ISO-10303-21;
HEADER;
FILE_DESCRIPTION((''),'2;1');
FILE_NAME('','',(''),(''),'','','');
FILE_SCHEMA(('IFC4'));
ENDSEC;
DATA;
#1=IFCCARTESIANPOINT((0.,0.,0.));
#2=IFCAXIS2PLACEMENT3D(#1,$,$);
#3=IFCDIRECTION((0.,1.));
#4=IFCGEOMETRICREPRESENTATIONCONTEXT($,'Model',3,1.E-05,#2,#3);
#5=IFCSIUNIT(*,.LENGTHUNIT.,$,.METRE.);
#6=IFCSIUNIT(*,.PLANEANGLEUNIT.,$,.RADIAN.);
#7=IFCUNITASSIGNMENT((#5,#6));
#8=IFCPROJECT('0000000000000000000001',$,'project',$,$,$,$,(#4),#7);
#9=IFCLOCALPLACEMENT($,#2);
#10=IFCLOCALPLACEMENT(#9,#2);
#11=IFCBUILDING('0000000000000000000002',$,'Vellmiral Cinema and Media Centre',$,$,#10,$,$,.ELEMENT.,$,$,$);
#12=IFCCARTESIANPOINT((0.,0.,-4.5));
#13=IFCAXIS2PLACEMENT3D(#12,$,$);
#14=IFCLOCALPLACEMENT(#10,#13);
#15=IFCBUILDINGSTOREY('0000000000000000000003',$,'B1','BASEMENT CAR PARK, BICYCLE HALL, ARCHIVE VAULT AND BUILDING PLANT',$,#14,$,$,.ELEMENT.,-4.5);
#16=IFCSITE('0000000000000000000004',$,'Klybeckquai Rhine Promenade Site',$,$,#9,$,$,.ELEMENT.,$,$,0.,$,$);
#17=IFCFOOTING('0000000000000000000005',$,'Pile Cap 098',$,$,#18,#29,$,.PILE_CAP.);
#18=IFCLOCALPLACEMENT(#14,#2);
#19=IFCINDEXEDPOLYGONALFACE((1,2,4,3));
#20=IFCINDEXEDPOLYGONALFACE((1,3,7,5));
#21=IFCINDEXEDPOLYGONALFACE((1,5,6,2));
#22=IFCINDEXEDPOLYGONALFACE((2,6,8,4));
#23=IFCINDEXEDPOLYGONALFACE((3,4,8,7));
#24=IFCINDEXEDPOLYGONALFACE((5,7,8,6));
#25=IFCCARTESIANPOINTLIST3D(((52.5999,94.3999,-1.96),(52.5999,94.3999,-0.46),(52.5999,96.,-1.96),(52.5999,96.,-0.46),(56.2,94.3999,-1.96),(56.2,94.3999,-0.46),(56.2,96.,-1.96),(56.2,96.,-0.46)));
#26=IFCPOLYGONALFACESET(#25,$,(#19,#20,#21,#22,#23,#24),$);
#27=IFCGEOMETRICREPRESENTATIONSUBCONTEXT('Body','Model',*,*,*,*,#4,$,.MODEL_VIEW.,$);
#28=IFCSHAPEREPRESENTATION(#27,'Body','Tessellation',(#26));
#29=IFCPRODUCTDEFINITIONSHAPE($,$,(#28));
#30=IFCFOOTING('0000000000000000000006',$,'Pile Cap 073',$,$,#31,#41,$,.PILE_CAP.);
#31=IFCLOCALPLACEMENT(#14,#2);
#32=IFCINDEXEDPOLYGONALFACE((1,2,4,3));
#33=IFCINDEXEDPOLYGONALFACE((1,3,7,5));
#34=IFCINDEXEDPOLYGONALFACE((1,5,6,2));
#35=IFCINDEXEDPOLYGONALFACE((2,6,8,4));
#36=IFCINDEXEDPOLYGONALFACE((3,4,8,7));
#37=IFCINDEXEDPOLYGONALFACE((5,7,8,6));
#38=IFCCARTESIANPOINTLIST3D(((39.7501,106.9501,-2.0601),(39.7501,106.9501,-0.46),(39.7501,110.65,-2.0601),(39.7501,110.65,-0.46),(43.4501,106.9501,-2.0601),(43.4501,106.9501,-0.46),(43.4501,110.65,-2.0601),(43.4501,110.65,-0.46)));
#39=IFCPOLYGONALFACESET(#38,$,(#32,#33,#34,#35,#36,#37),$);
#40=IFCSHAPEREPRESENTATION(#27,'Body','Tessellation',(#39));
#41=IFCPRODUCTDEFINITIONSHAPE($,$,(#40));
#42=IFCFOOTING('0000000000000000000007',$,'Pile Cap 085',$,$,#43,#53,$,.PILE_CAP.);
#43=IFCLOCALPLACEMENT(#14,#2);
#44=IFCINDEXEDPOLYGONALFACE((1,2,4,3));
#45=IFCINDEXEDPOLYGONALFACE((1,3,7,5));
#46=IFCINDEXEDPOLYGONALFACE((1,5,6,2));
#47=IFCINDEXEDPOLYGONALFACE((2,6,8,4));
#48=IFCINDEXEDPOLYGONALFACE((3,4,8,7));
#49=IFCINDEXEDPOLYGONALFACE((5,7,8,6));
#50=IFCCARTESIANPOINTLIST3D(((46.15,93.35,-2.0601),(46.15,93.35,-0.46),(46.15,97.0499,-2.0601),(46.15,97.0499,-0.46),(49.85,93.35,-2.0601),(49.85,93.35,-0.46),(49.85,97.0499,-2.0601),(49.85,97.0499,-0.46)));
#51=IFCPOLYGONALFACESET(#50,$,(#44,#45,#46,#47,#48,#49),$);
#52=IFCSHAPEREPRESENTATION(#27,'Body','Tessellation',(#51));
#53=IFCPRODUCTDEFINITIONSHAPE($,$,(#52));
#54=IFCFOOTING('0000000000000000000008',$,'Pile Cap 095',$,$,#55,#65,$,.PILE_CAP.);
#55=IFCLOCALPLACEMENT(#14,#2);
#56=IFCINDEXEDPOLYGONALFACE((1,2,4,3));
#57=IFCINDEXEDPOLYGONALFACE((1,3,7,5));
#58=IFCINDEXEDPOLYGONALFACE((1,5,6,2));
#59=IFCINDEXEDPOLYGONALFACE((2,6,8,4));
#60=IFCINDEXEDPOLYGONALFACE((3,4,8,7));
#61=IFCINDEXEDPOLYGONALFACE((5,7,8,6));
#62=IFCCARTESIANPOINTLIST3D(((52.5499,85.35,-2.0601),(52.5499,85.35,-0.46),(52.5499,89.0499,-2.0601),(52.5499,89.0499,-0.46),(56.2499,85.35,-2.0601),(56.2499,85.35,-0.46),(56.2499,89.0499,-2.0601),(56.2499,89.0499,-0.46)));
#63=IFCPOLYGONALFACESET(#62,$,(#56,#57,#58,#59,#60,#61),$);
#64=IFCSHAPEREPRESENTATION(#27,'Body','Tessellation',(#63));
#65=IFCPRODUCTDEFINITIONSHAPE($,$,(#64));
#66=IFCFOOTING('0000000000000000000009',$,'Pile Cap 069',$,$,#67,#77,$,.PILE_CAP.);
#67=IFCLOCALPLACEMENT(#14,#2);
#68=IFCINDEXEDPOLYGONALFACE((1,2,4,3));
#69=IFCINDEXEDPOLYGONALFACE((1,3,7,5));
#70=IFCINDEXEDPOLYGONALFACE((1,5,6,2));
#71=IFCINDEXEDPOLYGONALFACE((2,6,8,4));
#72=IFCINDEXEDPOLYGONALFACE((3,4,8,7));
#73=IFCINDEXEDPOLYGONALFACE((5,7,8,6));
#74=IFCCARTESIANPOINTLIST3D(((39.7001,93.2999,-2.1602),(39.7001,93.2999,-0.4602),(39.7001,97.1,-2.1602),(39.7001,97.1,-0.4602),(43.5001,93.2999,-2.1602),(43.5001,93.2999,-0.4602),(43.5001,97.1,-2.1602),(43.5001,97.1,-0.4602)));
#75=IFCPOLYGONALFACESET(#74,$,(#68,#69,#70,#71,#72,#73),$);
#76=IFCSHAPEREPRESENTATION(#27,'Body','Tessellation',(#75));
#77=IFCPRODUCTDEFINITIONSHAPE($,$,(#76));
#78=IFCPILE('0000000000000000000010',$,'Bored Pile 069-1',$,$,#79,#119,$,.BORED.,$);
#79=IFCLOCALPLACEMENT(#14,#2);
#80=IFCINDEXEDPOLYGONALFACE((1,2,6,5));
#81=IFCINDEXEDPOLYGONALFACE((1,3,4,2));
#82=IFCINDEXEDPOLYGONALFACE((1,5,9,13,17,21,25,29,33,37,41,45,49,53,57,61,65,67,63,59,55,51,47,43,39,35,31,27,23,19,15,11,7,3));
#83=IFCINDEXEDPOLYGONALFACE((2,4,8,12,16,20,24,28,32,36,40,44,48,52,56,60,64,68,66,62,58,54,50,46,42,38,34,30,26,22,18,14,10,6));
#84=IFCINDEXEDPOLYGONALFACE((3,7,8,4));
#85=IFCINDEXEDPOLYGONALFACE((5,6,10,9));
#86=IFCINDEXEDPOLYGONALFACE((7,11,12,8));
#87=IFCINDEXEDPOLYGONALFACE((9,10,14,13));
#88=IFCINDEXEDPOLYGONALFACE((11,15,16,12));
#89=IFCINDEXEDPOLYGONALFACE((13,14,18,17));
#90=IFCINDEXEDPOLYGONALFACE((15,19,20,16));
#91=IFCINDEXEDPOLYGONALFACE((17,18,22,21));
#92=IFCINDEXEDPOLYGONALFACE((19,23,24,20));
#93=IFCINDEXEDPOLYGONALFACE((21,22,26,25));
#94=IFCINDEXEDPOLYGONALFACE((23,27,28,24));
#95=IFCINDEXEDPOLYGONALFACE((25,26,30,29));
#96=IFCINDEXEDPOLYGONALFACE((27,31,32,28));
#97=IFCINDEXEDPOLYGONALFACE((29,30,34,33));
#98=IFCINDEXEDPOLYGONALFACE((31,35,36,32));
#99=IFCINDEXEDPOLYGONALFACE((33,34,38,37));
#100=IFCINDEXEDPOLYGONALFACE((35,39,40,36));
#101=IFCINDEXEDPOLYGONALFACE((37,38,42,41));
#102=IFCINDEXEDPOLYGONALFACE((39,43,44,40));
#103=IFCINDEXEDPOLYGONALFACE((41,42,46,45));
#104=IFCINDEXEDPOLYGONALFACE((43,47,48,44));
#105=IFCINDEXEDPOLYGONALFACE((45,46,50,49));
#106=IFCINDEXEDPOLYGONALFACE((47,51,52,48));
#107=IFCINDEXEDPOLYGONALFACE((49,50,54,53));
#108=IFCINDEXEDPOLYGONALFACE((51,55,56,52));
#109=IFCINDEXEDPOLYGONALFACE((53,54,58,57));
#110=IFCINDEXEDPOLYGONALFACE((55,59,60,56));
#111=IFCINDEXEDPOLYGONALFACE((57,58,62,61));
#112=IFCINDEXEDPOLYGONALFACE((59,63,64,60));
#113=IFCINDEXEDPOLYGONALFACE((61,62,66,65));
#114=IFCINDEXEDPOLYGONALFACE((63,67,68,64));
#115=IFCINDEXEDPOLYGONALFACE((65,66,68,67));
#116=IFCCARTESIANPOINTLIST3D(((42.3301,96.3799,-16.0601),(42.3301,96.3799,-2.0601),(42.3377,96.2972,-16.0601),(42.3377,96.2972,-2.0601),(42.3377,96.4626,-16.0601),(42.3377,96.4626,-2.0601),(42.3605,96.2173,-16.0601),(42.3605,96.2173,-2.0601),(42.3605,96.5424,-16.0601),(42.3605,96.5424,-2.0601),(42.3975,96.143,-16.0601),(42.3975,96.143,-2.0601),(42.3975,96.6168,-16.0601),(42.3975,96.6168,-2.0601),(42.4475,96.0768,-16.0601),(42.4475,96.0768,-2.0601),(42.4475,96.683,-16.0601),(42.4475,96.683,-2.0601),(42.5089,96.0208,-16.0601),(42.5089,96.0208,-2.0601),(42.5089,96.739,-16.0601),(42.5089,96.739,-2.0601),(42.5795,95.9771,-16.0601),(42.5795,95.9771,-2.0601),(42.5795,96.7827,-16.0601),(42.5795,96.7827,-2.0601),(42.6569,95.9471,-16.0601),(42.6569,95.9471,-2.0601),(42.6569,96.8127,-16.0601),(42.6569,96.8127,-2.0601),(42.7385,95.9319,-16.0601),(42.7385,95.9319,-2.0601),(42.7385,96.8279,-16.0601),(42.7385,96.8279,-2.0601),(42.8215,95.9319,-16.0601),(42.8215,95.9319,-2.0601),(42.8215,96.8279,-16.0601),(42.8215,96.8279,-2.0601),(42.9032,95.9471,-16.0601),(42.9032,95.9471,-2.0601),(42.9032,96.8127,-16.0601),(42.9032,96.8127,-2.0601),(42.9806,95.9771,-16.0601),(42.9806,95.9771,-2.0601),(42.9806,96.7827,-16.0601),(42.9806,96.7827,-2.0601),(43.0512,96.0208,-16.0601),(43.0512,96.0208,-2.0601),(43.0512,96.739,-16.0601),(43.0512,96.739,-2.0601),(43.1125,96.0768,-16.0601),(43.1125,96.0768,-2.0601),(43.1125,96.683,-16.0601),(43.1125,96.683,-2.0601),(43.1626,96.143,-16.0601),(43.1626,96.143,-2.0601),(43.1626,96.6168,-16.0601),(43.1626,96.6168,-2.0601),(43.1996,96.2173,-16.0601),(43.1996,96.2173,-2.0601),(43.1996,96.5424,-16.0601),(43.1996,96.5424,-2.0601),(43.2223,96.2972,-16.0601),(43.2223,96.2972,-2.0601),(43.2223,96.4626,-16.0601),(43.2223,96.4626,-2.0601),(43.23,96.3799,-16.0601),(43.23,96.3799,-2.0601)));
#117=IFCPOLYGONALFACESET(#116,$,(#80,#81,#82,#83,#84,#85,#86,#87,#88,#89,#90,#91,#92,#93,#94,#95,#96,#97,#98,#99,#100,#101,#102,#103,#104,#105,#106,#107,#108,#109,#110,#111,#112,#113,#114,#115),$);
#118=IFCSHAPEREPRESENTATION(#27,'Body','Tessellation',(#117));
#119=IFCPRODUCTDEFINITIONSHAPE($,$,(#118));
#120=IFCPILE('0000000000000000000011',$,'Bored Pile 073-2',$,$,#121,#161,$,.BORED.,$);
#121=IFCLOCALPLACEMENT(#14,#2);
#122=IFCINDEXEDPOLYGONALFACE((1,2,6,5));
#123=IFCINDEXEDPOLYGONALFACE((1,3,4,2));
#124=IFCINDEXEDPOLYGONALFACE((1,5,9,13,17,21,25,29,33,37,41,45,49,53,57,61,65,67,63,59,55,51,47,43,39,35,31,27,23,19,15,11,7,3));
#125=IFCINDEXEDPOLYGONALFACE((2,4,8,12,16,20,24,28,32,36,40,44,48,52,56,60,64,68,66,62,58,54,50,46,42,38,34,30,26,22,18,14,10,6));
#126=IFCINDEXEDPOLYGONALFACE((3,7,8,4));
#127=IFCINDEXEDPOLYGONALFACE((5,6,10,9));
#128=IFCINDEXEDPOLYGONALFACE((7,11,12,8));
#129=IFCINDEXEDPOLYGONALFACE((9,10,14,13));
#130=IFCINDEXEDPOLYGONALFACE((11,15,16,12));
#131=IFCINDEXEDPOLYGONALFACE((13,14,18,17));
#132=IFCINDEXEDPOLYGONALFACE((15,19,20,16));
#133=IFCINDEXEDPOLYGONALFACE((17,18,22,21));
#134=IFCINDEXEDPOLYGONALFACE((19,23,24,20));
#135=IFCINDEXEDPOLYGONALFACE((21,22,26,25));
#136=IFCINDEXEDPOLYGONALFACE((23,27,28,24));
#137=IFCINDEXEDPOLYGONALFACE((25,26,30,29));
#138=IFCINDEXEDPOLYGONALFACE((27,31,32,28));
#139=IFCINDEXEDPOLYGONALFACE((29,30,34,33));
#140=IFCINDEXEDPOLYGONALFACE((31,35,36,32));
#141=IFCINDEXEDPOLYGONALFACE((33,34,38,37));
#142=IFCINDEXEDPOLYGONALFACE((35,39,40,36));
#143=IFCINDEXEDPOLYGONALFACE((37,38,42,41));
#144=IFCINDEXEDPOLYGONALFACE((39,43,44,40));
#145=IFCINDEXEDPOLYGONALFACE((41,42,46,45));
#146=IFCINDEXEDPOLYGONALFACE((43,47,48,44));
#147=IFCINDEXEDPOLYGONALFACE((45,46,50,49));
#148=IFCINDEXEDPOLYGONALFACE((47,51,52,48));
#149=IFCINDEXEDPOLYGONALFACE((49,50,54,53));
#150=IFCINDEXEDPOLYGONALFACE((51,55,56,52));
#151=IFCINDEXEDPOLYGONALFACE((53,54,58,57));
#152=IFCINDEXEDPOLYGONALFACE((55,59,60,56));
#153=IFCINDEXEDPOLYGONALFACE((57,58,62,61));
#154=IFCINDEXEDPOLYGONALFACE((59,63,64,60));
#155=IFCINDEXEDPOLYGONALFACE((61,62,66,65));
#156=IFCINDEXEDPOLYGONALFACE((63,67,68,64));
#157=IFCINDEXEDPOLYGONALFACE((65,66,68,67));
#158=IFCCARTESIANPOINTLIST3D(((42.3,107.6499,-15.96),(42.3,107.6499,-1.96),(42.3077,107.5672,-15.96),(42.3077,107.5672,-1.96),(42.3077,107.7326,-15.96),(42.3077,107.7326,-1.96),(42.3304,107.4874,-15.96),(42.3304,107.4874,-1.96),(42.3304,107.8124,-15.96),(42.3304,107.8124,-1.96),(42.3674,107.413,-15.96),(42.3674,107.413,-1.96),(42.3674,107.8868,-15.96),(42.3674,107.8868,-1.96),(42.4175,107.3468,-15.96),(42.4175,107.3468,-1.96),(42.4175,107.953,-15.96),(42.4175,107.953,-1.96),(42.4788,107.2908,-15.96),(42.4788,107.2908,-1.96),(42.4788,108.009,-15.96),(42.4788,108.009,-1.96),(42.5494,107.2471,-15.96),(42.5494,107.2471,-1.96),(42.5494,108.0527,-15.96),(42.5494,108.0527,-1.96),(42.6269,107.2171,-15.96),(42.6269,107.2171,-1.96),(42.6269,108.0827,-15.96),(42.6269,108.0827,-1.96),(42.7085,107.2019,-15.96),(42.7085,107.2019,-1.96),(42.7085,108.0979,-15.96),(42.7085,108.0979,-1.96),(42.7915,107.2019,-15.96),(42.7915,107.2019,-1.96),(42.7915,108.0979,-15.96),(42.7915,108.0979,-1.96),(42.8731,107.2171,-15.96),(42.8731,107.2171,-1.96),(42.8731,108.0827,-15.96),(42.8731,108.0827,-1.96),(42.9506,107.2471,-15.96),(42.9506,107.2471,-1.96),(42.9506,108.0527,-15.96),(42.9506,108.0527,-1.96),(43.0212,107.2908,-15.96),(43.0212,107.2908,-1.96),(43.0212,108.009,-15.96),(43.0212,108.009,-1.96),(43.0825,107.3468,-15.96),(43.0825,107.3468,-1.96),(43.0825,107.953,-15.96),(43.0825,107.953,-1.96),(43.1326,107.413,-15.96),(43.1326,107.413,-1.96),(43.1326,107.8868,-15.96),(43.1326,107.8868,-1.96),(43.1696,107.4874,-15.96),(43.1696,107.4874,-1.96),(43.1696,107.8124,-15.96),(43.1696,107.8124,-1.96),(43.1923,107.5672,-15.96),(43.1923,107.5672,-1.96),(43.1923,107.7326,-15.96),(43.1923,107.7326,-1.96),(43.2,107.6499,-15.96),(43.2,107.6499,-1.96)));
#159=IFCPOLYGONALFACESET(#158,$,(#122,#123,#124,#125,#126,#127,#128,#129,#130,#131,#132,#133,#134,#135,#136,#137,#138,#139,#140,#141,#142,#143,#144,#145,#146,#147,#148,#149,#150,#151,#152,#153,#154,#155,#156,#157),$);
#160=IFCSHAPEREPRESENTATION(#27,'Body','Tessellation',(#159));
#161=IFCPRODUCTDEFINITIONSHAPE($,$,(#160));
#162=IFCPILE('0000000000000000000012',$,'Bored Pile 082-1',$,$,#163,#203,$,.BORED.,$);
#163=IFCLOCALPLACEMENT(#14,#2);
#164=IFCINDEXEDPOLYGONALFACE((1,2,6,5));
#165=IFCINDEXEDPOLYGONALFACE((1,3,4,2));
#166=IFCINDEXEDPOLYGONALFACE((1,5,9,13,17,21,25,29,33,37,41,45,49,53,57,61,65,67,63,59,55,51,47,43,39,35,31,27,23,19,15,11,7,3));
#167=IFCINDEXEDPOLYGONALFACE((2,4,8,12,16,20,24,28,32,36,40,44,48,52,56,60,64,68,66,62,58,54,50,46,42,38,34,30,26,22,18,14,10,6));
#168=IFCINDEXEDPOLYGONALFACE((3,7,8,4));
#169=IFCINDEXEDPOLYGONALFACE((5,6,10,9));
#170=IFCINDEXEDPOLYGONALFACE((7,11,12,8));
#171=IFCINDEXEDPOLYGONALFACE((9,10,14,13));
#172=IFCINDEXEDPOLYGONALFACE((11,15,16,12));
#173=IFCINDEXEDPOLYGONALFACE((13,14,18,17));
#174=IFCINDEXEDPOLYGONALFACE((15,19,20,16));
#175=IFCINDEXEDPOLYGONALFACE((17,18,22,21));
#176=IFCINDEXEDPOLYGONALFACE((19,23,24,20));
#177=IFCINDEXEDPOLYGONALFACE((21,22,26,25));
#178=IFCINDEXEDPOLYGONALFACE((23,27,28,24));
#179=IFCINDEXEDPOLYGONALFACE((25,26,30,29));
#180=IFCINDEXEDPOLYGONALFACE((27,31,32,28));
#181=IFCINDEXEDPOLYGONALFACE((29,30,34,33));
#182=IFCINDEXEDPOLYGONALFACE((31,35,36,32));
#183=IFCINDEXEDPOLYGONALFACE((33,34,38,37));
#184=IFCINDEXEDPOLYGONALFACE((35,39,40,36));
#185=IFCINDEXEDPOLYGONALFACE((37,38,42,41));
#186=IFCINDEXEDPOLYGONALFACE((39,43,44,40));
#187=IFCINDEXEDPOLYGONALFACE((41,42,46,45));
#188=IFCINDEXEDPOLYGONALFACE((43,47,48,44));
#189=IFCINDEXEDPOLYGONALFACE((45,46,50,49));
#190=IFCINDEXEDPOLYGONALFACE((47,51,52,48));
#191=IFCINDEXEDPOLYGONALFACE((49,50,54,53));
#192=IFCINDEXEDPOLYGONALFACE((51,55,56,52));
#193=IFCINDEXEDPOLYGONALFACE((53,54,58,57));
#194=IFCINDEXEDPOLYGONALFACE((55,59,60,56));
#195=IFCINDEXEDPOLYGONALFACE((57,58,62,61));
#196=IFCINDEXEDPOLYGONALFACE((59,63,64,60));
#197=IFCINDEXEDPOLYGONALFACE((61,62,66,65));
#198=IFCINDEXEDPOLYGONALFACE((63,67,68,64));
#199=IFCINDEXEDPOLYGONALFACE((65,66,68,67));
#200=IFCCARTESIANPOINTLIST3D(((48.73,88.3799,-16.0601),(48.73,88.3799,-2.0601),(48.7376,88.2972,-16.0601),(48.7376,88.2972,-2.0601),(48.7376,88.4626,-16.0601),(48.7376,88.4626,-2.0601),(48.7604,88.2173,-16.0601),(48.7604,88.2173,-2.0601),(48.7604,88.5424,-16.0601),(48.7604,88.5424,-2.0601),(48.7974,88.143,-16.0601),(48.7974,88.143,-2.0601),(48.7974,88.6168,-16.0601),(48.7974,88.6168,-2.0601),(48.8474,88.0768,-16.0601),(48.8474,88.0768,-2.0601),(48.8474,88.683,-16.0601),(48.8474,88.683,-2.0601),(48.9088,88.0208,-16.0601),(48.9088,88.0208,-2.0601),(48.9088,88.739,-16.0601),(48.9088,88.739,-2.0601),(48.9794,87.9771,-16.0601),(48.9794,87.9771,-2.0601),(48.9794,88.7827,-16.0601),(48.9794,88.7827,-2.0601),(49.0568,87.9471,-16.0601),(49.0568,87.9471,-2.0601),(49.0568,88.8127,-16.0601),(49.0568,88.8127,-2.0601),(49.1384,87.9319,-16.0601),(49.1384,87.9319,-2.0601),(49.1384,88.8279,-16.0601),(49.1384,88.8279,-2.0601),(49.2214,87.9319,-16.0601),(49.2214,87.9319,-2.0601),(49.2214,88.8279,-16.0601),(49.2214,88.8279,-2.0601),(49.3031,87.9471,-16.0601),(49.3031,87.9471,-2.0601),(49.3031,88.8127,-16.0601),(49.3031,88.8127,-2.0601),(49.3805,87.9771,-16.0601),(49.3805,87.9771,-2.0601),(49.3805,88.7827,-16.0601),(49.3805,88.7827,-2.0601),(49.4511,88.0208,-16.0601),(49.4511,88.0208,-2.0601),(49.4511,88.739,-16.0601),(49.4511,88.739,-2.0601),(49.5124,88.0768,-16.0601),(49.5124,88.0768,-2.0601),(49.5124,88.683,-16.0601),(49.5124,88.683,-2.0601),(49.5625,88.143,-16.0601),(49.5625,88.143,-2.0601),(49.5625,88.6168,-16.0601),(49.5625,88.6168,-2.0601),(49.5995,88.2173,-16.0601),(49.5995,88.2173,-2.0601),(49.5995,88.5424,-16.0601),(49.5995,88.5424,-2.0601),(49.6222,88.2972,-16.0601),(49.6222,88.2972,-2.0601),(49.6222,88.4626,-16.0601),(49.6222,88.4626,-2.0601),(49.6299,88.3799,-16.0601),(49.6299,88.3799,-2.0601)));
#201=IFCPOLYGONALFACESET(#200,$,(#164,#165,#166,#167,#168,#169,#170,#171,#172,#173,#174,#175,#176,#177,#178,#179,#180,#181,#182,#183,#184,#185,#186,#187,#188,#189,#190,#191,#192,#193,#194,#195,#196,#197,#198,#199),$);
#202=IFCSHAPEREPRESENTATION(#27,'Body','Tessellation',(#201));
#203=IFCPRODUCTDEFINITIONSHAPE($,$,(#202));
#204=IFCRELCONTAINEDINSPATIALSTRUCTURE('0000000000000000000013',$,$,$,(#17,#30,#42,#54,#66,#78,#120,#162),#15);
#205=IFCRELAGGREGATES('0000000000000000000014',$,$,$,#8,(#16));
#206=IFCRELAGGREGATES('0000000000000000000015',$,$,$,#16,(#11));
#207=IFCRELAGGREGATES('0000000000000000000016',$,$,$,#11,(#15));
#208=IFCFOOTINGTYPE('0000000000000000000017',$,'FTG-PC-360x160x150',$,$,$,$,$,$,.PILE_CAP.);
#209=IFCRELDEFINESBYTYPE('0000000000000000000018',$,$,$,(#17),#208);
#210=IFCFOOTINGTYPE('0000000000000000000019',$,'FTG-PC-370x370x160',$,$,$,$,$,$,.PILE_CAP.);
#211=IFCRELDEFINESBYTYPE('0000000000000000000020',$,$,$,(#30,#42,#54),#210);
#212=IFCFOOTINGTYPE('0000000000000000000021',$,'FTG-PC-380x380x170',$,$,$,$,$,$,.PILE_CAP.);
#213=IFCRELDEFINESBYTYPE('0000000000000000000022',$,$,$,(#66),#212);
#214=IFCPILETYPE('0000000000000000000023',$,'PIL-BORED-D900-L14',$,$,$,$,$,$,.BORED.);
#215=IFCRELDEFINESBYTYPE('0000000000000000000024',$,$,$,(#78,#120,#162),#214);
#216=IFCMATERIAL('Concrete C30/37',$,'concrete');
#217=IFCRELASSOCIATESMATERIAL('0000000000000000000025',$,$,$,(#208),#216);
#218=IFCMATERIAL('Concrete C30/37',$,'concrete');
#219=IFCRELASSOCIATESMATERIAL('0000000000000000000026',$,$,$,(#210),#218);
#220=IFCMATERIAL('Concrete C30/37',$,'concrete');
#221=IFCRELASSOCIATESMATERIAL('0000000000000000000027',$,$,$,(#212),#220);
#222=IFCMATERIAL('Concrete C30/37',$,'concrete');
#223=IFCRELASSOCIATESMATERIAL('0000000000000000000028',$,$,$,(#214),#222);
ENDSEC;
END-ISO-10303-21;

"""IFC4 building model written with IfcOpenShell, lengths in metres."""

from ifc_helpers import new_model, si_unit, direction, frame, origin, origin_2d, place, context, subcontext, project, spatial, rectangle, circle, extrude, material, material_profile, profile_set, type_object, element, save


model = new_model("IFC4")

# Units and contexts
model_context = context("Model", 3, precision=1e-05, world=origin(), true_north=direction((0.0, 1.0)))
body_context = subcontext(model_context, "Body", "Model", "MODEL_VIEW")
ifc_project = project(units=[si_unit("LENGTHUNIT", "METRE"), si_unit("PLANEANGLEUNIT", "RADIAN")], contexts=[model_context])

# Site, building, storey
site_placement = place(None, origin())
site = spatial("IfcSite", under=ifc_project, at=site_placement, Name="Klybeckquai Rhine Promenade Site", CompositionType="ELEMENT", RefElevation=0.0)
building_placement = place(site_placement, origin())
building = spatial("IfcBuilding", under=site, at=building_placement, Name="Vellmiral Cinema and Media Centre", CompositionType="ELEMENT")
storey_placement = place(building_placement, frame((0.0, 0.0, -4.5)))
storey = spatial("IfcBuildingStorey", under=building, at=storey_placement, Name="B1", Description="BASEMENT CAR PARK, BICYCLE HALL, ARCHIVE VAULT AND BUILDING PLANT", CompositionType="ELEMENT", Elevation=-4.5)

# Footings
ifc_material_1 = material(Name="Concrete C30/37", Category="concrete")
footing_type_1 = type_object("IfcFootingType", Name="FTG-PC-360x160x150", PredefinedType="PILE_CAP", material=ifc_material_1)
footing_1_placement = place(storey_placement, frame((54.3999, 95.2, -1.96), z_axis=(0.0, 0.0, 1.0), x_axis=(1.0, 0.0, 0.0)))
element("IfcFooting", 1, at=footing_1_placement, inside=storey, type_object=footing_type_1, Name="Pile Cap 098", PredefinedType="PILE_CAP", context=body_context, shape_type="SweptSolid", body=[
    extrude(rectangle(XDim=3.6001, YDim=1.6001, at=origin_2d()), origin(), (0.0, 0.0, 1.0), 1.5),
])
ifc_material_2 = material(Name="Concrete C30/37", Category="concrete")
footing_type_2 = type_object("IfcFootingType", Name="FTG-PC-370x370x160", PredefinedType="PILE_CAP", material=ifc_material_2)
for number, where, z_axis, x_axis, name in (
    (2, (41.6001, 108.8, -2.0601), (0.0, 0.0, 1.0), (1.0, 0.0, 0.0), "Pile Cap 073"),
    (3, (48.0, 95.2, -2.0601), (0.0, 0.0, 1.0), (1.0, 0.0, 0.0), "Pile Cap 085"),
    (4, (54.3999, 87.2, -2.0601), (0.0, 0.0, 1.0), (1.0, 0.0, 0.0), "Pile Cap 095"),
):
    element("IfcFooting", number, at=place(storey_placement, frame(where, z_axis=z_axis, x_axis=x_axis)), inside=storey, type_object=footing_type_2, Name=name, PredefinedType="PILE_CAP", context=body_context, shape_type="SweptSolid", body=[
        extrude(rectangle(XDim=3.7, YDim=3.7, at=origin_2d()), origin(), (0.0, 0.0, 1.0), 1.6001),
    ])
ifc_material_3 = material(Name="Concrete C30/37", Category="concrete")
footing_type_3 = type_object("IfcFootingType", Name="FTG-PC-380x380x170", PredefinedType="PILE_CAP", material=ifc_material_3)
footing_2_placement = place(storey_placement, frame((41.6001, 95.2, -2.1602), z_axis=(0.0, 0.0, 1.0), x_axis=(1.0, 0.0, 0.0)))
element("IfcFooting", 5, at=footing_2_placement, inside=storey, type_object=footing_type_3, Name="Pile Cap 069", PredefinedType="PILE_CAP", context=body_context, shape_type="SweptSolid", body=[
    extrude(rectangle(XDim=3.8, YDim=3.8, at=origin_2d()), origin(), (0.0, 0.0, 1.0), 1.7),
])

# Piles
ifc_material_4 = material(Name="Concrete C30/37", Category="concrete")
ifc_material_profile_1 = material_profile(ifc_material_4, circle(Radius=0.45, at=origin_2d()), Name="PILE D900")
ifc_profile_set_1 = profile_set([ifc_material_profile_1], Name="Concrete C30/37")
pile_type_1 = type_object("IfcPileType", Name="PIL-BORED-D900-L14", PredefinedType="BORED", material=ifc_profile_set_1)
for number, where, z_axis, x_axis, name in (
    (6, (42.78, 96.3799, -2.0601), (0.0, 0.0, -1.0), (1.0, 0.0, 0.0), "Bored Pile 069-1"),
    (7, (42.75, 107.6499, -1.96), (0.0, 0.0, -1.0), (1.0, 0.0, 0.0), "Bored Pile 073-2"),
    (8, (49.1799, 88.3799, -2.0601), (0.0, 0.0, -1.0), (1.0, 0.0, 0.0), "Bored Pile 082-1"),
):
    element("IfcPile", number, at=place(storey_placement, frame(where, z_axis=z_axis, x_axis=x_axis)), inside=storey, type_object=pile_type_1, Name=name, PredefinedType="BORED", context=body_context, shape_type="SweptSolid", body=[
        extrude(circle(Radius=0.45, at=origin_2d()), origin(), (0.0, 0.0, 1.0), 14.0),
    ])

save(model, "model.ifc")
